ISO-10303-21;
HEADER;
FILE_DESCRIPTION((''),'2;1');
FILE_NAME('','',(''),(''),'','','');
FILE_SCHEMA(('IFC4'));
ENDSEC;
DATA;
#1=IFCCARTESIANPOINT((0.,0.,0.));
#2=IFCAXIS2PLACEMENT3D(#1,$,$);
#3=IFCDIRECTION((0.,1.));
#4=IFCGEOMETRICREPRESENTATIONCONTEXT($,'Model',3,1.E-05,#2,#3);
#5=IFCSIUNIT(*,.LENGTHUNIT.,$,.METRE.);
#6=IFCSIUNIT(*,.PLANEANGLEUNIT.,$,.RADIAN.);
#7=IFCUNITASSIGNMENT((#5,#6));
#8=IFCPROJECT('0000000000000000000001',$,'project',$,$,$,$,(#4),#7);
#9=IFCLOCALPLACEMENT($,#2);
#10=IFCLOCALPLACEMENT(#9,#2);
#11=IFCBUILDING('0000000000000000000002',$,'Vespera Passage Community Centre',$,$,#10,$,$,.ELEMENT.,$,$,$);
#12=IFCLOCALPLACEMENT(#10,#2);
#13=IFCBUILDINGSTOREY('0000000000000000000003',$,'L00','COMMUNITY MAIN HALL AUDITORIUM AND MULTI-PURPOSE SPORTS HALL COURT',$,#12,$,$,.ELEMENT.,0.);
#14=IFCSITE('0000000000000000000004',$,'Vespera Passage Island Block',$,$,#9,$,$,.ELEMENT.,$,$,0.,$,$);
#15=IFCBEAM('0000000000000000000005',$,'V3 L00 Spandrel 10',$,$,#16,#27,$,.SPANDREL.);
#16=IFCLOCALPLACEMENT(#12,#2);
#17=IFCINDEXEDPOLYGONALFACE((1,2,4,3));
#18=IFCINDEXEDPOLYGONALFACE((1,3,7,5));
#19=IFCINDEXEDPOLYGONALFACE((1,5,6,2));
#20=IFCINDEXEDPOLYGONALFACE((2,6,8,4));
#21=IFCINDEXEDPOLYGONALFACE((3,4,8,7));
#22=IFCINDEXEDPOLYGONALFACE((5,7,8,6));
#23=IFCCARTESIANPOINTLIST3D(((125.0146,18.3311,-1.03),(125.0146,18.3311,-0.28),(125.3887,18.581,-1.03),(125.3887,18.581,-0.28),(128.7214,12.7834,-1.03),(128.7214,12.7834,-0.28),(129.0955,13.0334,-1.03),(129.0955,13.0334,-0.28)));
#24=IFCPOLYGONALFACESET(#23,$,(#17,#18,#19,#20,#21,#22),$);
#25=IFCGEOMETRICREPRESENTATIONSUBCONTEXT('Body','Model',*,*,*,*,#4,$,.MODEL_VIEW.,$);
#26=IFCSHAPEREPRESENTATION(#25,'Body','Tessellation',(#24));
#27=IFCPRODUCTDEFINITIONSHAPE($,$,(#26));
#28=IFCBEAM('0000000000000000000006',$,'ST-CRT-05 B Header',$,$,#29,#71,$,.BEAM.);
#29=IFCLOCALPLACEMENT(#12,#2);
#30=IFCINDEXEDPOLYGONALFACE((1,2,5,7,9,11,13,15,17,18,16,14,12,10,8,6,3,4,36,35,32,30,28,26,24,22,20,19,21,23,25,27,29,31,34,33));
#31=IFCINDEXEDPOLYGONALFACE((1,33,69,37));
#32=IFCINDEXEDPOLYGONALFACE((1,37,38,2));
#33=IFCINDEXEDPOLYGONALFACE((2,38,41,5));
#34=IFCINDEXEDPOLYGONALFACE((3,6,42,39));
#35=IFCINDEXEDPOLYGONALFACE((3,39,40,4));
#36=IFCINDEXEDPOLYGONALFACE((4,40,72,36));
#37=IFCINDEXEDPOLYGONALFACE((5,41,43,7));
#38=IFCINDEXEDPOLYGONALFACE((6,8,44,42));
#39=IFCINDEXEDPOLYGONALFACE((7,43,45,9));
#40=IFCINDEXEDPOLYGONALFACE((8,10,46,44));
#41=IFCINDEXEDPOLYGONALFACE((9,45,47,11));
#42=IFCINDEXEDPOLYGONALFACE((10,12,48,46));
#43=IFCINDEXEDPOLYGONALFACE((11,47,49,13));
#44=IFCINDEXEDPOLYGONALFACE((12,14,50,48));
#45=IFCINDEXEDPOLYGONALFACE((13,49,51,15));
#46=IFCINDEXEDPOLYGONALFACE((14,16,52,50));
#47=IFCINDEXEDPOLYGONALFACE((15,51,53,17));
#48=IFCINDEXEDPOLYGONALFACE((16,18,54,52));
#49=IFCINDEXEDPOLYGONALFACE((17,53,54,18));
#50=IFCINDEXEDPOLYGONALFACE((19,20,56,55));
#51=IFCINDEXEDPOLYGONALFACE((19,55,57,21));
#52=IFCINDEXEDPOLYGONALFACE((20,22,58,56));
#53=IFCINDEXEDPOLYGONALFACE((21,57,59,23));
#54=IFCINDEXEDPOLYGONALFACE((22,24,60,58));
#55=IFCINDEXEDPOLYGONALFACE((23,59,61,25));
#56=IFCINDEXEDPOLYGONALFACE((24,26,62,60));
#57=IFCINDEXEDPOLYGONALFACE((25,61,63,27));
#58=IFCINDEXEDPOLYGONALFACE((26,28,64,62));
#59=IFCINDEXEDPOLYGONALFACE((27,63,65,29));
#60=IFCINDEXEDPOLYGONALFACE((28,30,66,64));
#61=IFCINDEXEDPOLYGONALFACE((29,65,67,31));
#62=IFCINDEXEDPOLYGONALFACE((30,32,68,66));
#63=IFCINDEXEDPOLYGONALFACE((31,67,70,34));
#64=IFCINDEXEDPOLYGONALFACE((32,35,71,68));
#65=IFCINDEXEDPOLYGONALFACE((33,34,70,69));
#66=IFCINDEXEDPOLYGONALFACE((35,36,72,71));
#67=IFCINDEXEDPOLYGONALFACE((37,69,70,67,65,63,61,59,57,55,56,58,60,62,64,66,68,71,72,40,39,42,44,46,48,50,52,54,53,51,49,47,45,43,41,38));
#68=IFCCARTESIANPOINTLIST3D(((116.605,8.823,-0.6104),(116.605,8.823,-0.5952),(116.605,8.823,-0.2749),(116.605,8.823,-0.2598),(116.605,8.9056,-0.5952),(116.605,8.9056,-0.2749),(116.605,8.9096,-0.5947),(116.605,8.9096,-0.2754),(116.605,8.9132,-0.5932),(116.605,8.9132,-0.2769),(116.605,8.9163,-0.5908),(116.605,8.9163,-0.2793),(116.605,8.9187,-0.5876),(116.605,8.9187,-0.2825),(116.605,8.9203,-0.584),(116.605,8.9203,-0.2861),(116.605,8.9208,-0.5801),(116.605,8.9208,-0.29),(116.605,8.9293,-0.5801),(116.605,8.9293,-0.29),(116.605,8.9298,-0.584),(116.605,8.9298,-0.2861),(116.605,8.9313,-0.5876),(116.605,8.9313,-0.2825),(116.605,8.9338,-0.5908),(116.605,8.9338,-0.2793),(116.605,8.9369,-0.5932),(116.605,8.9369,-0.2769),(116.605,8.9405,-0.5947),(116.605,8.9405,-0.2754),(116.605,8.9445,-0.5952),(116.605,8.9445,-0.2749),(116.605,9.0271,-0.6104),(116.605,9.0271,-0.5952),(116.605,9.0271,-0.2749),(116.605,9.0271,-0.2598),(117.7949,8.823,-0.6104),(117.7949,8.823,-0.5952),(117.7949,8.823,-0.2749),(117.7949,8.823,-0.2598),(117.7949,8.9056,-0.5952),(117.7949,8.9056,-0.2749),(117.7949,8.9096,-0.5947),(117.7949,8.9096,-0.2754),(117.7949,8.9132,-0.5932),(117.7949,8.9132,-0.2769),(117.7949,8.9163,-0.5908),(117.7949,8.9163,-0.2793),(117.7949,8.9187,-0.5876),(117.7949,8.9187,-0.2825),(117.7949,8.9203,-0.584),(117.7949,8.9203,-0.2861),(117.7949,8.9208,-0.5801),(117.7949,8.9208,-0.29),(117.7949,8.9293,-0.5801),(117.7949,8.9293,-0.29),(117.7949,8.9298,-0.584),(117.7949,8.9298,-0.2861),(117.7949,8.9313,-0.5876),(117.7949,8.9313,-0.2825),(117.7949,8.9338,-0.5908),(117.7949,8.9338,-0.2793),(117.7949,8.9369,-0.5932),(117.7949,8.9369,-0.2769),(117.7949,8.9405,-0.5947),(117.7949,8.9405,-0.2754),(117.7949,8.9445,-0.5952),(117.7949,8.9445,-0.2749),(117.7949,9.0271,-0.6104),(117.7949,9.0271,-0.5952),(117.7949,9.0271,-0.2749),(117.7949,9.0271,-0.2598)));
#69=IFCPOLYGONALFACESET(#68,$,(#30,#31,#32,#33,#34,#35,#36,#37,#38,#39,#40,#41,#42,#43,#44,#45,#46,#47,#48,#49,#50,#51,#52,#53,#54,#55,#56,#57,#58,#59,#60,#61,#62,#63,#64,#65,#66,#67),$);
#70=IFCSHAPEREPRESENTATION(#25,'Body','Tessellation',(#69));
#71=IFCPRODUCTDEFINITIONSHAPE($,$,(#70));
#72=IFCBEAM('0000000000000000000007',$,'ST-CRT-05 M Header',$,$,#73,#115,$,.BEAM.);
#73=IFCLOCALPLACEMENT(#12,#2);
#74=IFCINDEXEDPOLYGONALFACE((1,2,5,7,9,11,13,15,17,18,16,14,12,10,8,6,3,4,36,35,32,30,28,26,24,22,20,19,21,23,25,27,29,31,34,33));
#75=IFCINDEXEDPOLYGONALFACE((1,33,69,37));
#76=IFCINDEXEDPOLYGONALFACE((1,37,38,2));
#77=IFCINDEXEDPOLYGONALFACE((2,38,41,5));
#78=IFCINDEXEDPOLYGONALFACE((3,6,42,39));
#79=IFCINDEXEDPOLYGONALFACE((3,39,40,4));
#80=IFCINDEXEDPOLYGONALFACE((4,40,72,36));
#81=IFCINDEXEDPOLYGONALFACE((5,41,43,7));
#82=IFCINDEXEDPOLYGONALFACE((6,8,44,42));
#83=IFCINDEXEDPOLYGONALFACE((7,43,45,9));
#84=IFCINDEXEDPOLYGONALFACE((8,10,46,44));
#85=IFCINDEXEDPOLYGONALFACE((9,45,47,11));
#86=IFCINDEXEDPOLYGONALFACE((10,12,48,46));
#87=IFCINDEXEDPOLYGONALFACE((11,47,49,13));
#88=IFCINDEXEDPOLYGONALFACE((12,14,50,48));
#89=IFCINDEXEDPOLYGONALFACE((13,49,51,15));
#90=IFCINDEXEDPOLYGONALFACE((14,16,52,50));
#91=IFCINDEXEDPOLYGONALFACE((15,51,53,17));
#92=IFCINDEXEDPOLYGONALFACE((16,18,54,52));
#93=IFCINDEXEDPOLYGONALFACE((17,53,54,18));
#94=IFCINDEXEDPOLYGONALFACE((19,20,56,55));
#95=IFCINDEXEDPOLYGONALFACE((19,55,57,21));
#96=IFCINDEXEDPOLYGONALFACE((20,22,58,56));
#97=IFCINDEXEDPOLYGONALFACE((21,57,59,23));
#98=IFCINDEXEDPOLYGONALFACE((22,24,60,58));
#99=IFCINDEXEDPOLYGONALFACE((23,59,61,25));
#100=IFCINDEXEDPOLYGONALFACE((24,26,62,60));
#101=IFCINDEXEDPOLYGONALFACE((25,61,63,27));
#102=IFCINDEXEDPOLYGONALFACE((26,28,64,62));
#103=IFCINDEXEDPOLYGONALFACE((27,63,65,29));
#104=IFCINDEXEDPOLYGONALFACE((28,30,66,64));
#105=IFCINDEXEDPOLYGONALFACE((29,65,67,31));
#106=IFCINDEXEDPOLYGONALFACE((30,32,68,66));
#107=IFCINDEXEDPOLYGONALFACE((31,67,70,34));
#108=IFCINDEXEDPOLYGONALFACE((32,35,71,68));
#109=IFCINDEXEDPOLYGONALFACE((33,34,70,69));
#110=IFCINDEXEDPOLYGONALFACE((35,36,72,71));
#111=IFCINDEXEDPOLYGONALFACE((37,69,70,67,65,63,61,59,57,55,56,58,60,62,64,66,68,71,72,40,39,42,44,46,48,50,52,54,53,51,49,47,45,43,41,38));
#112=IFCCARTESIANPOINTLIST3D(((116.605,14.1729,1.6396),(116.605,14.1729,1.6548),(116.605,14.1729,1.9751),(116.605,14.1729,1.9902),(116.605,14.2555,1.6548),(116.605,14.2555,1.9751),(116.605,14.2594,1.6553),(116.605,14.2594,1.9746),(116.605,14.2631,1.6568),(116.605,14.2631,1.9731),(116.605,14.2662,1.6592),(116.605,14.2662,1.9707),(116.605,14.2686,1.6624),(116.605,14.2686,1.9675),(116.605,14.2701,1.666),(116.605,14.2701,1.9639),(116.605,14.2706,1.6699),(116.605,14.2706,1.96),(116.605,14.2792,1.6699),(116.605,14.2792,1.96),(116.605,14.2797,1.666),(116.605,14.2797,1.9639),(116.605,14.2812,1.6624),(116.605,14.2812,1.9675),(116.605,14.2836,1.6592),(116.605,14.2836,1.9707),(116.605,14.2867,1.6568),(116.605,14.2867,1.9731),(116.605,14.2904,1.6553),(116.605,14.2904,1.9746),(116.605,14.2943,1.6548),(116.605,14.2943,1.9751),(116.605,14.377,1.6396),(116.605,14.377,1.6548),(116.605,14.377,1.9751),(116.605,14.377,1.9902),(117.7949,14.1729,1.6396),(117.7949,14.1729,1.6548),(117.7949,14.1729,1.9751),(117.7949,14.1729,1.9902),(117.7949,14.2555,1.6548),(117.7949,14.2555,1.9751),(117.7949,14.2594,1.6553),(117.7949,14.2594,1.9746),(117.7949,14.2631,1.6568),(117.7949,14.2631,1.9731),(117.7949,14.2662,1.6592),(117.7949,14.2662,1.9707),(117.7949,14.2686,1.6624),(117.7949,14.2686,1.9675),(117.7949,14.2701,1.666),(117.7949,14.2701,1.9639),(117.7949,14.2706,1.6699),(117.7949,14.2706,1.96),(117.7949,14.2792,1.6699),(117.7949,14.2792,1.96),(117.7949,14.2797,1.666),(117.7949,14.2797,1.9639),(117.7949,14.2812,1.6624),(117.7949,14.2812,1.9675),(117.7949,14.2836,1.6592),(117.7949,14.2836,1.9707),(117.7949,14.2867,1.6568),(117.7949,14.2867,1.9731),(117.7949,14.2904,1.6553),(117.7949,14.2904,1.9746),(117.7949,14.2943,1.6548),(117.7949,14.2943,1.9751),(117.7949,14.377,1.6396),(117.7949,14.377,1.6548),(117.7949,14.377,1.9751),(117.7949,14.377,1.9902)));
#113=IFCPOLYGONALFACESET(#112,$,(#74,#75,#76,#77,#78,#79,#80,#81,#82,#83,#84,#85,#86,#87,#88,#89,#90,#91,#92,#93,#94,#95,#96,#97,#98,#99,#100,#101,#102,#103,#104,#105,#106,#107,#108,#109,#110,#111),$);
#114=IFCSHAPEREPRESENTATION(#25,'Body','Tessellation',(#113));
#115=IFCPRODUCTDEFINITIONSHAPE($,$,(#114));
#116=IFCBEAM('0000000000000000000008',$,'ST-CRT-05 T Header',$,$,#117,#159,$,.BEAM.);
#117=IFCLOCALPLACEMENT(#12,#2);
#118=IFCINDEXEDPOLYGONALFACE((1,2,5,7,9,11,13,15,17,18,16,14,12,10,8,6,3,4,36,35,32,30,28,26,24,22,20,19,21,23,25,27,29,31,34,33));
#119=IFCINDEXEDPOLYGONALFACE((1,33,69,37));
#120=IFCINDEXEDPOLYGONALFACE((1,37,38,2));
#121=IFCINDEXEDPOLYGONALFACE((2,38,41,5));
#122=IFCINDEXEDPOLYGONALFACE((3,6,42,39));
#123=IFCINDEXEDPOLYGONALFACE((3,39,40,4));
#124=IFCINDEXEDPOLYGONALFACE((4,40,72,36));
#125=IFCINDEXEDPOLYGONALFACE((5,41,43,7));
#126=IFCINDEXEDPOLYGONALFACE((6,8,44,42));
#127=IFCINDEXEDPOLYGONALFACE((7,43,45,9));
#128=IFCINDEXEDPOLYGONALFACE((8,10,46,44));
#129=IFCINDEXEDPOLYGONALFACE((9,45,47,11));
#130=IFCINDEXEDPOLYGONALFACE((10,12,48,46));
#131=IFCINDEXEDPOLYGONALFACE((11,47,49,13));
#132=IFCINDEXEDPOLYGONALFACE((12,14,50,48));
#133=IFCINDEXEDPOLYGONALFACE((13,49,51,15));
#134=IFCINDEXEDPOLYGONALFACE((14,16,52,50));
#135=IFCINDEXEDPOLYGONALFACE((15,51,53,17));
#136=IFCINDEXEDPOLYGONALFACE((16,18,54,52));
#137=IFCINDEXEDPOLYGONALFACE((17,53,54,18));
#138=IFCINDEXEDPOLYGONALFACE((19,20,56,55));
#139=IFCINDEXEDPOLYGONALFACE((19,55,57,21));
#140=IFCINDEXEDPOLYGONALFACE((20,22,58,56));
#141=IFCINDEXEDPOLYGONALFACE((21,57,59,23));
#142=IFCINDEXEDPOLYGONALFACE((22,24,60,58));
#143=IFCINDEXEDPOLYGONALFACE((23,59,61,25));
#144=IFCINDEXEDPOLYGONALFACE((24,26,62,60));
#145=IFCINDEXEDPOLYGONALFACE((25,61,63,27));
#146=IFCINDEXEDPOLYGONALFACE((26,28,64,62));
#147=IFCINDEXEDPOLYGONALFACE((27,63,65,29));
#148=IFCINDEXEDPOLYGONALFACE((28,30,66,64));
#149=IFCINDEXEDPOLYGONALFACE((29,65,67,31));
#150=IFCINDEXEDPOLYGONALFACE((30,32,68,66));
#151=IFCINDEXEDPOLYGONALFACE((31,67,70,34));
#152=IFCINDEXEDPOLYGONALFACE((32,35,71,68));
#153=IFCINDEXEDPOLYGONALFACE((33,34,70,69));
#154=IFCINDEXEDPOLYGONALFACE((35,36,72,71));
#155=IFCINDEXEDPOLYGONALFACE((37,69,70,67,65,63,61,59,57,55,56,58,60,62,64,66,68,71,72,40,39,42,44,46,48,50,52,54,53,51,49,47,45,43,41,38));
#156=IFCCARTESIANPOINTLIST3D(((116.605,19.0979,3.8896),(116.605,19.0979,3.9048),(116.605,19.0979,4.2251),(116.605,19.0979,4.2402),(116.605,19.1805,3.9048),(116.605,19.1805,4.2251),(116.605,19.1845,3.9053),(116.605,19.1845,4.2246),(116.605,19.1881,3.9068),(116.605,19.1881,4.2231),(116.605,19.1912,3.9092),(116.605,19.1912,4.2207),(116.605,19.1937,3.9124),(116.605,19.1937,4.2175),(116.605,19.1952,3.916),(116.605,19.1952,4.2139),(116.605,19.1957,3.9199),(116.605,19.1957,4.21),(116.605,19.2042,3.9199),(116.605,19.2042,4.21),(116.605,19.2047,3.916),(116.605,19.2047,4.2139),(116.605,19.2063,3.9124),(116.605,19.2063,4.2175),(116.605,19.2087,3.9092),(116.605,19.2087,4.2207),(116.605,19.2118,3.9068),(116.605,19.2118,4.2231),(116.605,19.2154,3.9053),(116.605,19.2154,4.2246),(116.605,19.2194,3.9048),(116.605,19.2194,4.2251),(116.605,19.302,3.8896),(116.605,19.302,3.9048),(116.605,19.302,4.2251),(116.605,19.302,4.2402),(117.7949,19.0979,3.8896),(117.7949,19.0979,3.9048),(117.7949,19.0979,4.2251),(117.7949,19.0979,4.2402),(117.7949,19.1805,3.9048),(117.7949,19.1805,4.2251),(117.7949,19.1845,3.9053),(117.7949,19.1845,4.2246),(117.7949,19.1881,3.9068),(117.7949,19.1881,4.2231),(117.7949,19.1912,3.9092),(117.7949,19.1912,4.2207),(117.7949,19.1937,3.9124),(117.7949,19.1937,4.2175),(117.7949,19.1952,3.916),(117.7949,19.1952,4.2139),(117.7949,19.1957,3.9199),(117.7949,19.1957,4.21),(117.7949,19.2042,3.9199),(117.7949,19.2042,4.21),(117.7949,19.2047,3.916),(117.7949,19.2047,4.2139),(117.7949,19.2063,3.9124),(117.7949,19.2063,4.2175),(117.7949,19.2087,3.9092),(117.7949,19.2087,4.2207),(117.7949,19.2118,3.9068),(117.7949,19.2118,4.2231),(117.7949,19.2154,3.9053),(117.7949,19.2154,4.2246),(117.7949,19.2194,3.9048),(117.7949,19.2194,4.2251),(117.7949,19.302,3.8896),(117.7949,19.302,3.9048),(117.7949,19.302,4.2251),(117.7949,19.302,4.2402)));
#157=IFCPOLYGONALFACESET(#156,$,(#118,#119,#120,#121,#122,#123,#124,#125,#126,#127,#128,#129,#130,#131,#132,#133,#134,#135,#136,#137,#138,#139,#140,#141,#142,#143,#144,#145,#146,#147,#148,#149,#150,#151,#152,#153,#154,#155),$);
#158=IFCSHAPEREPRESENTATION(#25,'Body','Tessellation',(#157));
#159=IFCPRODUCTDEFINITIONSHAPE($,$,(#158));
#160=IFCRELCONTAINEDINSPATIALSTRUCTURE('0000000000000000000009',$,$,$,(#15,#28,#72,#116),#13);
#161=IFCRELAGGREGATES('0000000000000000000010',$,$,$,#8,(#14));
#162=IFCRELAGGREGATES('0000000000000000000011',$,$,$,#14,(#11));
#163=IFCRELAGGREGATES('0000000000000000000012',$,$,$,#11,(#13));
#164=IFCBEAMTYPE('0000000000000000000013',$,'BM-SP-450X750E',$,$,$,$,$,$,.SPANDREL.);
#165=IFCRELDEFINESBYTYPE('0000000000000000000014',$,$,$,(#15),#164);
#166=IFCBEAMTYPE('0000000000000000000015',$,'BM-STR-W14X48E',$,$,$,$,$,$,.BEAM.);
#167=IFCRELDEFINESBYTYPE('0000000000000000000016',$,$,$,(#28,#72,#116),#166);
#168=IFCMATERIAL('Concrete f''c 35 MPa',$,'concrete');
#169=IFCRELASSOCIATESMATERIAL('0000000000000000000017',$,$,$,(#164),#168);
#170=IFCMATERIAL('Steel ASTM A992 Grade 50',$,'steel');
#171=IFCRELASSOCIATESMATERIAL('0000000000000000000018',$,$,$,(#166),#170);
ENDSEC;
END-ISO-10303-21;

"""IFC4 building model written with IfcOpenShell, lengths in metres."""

from ifc_helpers import new_model, si_unit, direction, frame, origin, origin_2d, place, context, subcontext, project, spatial, rectangle, i_section, extrude, material, material_profile, profile_set, type_object, element, save


model = new_model("IFC4")

# Units and contexts
model_context = context("Model", 3, precision=1e-05, world=origin(), true_north=direction((0.0, 1.0)))
body_context = subcontext(model_context, "Body", "Model", "MODEL_VIEW")
ifc_project = project(units=[si_unit("LENGTHUNIT", "METRE"), si_unit("PLANEANGLEUNIT", "RADIAN")], contexts=[model_context])

# Site, building, storey
site_placement = place(None, origin())
site = spatial("IfcSite", under=ifc_project, at=site_placement, Name="Vespera Passage Island Block", CompositionType="ELEMENT", RefElevation=0.0)
building_placement = place(site_placement, origin())
building = spatial("IfcBuilding", under=site, at=building_placement, Name="Vespera Passage Community Centre", CompositionType="ELEMENT")
storey_placement = place(building_placement, origin())
storey = spatial("IfcBuildingStorey", under=building, at=storey_placement, Name="L00", Description="COMMUNITY MAIN HALL AUDITORIUM AND MULTI-PURPOSE SPORTS HALL COURT", CompositionType="ELEMENT", Elevation=0.0)

# Beams
ifc_material_1 = material(Name="Concrete f'c 35 MPa", Category="concrete")
ifc_material_profile_1 = material_profile(ifc_material_1, rectangle(XDim=0.45, YDim=0.75, at=origin_2d()), Name="RC450X750")
ifc_profile_set_1 = profile_set([ifc_material_profile_1], Name="Concrete f'c 35 MPa")
beam_type_1 = type_object("IfcBeamType", Name="BM-SP-450X750E", PredefinedType="SPANDREL", material=ifc_profile_set_1)
beam_1_placement = place(storey_placement, frame((125.2017, 18.4561, -0.655), z_axis=(0.55557, -0.83147, 0.0), x_axis=(0.83147, 0.55557, 0.0)))
element("IfcBeam", 1, at=beam_1_placement, inside=storey, type_object=beam_type_1, Name="V3 L00 Spandrel 10", PredefinedType="SPANDREL", context=body_context, shape_type="SweptSolid", body=[
    extrude(rectangle(XDim=0.45, YDim=0.75, at=origin_2d()), origin(), (0.0, 0.0, 1.0), 6.6721),
])
ifc_material_2 = material(Name="Steel ASTM A992 Grade 50", Category="steel")
ifc_material_profile_2 = material_profile(ifc_material_2, i_section(OverallWidth=0.2041, OverallDepth=0.3506, WebThickness=0.0085, FlangeThickness=0.0151, FilletRadius=0.0151, at=origin_2d()), Name="W14X48")
ifc_profile_set_2 = profile_set([ifc_material_profile_2], Name="Steel ASTM A992 Grade 50")
beam_type_2 = type_object("IfcBeamType", Name="BM-STR-W14X48E", PredefinedType="BEAM", material=ifc_profile_set_2)
for number, where, z_axis, x_axis, name in (
    (2, (117.7949, 8.925, -0.4351), (-1.0, 0.0, 0.0), (0.0, -1.0, 0.0), "ST-CRT-05 B Header"),
    (3, (117.7949, 14.2749, 1.8149), (-1.0, 0.0, 0.0), (0.0, -1.0, 0.0), "ST-CRT-05 M Header"),
    (4, (117.7949, 19.2, 4.0649), (-1.0, 0.0, 0.0), (0.0, -1.0, 0.0), "ST-CRT-05 T Header"),
):
    element("IfcBeam", number, at=place(storey_placement, frame(where, z_axis=z_axis, x_axis=x_axis)), inside=storey, type_object=beam_type_2, Name=name, PredefinedType="BEAM", context=body_context, shape_type="SweptSolid", body=[
        extrude(i_section(OverallWidth=0.2041, OverallDepth=0.3506, WebThickness=0.0085, FlangeThickness=0.0151, FilletRadius=0.0151, at=origin_2d()), origin(), (0.0, 0.0, 1.0), 1.1899),
    ])

save(model, "model.ifc")
